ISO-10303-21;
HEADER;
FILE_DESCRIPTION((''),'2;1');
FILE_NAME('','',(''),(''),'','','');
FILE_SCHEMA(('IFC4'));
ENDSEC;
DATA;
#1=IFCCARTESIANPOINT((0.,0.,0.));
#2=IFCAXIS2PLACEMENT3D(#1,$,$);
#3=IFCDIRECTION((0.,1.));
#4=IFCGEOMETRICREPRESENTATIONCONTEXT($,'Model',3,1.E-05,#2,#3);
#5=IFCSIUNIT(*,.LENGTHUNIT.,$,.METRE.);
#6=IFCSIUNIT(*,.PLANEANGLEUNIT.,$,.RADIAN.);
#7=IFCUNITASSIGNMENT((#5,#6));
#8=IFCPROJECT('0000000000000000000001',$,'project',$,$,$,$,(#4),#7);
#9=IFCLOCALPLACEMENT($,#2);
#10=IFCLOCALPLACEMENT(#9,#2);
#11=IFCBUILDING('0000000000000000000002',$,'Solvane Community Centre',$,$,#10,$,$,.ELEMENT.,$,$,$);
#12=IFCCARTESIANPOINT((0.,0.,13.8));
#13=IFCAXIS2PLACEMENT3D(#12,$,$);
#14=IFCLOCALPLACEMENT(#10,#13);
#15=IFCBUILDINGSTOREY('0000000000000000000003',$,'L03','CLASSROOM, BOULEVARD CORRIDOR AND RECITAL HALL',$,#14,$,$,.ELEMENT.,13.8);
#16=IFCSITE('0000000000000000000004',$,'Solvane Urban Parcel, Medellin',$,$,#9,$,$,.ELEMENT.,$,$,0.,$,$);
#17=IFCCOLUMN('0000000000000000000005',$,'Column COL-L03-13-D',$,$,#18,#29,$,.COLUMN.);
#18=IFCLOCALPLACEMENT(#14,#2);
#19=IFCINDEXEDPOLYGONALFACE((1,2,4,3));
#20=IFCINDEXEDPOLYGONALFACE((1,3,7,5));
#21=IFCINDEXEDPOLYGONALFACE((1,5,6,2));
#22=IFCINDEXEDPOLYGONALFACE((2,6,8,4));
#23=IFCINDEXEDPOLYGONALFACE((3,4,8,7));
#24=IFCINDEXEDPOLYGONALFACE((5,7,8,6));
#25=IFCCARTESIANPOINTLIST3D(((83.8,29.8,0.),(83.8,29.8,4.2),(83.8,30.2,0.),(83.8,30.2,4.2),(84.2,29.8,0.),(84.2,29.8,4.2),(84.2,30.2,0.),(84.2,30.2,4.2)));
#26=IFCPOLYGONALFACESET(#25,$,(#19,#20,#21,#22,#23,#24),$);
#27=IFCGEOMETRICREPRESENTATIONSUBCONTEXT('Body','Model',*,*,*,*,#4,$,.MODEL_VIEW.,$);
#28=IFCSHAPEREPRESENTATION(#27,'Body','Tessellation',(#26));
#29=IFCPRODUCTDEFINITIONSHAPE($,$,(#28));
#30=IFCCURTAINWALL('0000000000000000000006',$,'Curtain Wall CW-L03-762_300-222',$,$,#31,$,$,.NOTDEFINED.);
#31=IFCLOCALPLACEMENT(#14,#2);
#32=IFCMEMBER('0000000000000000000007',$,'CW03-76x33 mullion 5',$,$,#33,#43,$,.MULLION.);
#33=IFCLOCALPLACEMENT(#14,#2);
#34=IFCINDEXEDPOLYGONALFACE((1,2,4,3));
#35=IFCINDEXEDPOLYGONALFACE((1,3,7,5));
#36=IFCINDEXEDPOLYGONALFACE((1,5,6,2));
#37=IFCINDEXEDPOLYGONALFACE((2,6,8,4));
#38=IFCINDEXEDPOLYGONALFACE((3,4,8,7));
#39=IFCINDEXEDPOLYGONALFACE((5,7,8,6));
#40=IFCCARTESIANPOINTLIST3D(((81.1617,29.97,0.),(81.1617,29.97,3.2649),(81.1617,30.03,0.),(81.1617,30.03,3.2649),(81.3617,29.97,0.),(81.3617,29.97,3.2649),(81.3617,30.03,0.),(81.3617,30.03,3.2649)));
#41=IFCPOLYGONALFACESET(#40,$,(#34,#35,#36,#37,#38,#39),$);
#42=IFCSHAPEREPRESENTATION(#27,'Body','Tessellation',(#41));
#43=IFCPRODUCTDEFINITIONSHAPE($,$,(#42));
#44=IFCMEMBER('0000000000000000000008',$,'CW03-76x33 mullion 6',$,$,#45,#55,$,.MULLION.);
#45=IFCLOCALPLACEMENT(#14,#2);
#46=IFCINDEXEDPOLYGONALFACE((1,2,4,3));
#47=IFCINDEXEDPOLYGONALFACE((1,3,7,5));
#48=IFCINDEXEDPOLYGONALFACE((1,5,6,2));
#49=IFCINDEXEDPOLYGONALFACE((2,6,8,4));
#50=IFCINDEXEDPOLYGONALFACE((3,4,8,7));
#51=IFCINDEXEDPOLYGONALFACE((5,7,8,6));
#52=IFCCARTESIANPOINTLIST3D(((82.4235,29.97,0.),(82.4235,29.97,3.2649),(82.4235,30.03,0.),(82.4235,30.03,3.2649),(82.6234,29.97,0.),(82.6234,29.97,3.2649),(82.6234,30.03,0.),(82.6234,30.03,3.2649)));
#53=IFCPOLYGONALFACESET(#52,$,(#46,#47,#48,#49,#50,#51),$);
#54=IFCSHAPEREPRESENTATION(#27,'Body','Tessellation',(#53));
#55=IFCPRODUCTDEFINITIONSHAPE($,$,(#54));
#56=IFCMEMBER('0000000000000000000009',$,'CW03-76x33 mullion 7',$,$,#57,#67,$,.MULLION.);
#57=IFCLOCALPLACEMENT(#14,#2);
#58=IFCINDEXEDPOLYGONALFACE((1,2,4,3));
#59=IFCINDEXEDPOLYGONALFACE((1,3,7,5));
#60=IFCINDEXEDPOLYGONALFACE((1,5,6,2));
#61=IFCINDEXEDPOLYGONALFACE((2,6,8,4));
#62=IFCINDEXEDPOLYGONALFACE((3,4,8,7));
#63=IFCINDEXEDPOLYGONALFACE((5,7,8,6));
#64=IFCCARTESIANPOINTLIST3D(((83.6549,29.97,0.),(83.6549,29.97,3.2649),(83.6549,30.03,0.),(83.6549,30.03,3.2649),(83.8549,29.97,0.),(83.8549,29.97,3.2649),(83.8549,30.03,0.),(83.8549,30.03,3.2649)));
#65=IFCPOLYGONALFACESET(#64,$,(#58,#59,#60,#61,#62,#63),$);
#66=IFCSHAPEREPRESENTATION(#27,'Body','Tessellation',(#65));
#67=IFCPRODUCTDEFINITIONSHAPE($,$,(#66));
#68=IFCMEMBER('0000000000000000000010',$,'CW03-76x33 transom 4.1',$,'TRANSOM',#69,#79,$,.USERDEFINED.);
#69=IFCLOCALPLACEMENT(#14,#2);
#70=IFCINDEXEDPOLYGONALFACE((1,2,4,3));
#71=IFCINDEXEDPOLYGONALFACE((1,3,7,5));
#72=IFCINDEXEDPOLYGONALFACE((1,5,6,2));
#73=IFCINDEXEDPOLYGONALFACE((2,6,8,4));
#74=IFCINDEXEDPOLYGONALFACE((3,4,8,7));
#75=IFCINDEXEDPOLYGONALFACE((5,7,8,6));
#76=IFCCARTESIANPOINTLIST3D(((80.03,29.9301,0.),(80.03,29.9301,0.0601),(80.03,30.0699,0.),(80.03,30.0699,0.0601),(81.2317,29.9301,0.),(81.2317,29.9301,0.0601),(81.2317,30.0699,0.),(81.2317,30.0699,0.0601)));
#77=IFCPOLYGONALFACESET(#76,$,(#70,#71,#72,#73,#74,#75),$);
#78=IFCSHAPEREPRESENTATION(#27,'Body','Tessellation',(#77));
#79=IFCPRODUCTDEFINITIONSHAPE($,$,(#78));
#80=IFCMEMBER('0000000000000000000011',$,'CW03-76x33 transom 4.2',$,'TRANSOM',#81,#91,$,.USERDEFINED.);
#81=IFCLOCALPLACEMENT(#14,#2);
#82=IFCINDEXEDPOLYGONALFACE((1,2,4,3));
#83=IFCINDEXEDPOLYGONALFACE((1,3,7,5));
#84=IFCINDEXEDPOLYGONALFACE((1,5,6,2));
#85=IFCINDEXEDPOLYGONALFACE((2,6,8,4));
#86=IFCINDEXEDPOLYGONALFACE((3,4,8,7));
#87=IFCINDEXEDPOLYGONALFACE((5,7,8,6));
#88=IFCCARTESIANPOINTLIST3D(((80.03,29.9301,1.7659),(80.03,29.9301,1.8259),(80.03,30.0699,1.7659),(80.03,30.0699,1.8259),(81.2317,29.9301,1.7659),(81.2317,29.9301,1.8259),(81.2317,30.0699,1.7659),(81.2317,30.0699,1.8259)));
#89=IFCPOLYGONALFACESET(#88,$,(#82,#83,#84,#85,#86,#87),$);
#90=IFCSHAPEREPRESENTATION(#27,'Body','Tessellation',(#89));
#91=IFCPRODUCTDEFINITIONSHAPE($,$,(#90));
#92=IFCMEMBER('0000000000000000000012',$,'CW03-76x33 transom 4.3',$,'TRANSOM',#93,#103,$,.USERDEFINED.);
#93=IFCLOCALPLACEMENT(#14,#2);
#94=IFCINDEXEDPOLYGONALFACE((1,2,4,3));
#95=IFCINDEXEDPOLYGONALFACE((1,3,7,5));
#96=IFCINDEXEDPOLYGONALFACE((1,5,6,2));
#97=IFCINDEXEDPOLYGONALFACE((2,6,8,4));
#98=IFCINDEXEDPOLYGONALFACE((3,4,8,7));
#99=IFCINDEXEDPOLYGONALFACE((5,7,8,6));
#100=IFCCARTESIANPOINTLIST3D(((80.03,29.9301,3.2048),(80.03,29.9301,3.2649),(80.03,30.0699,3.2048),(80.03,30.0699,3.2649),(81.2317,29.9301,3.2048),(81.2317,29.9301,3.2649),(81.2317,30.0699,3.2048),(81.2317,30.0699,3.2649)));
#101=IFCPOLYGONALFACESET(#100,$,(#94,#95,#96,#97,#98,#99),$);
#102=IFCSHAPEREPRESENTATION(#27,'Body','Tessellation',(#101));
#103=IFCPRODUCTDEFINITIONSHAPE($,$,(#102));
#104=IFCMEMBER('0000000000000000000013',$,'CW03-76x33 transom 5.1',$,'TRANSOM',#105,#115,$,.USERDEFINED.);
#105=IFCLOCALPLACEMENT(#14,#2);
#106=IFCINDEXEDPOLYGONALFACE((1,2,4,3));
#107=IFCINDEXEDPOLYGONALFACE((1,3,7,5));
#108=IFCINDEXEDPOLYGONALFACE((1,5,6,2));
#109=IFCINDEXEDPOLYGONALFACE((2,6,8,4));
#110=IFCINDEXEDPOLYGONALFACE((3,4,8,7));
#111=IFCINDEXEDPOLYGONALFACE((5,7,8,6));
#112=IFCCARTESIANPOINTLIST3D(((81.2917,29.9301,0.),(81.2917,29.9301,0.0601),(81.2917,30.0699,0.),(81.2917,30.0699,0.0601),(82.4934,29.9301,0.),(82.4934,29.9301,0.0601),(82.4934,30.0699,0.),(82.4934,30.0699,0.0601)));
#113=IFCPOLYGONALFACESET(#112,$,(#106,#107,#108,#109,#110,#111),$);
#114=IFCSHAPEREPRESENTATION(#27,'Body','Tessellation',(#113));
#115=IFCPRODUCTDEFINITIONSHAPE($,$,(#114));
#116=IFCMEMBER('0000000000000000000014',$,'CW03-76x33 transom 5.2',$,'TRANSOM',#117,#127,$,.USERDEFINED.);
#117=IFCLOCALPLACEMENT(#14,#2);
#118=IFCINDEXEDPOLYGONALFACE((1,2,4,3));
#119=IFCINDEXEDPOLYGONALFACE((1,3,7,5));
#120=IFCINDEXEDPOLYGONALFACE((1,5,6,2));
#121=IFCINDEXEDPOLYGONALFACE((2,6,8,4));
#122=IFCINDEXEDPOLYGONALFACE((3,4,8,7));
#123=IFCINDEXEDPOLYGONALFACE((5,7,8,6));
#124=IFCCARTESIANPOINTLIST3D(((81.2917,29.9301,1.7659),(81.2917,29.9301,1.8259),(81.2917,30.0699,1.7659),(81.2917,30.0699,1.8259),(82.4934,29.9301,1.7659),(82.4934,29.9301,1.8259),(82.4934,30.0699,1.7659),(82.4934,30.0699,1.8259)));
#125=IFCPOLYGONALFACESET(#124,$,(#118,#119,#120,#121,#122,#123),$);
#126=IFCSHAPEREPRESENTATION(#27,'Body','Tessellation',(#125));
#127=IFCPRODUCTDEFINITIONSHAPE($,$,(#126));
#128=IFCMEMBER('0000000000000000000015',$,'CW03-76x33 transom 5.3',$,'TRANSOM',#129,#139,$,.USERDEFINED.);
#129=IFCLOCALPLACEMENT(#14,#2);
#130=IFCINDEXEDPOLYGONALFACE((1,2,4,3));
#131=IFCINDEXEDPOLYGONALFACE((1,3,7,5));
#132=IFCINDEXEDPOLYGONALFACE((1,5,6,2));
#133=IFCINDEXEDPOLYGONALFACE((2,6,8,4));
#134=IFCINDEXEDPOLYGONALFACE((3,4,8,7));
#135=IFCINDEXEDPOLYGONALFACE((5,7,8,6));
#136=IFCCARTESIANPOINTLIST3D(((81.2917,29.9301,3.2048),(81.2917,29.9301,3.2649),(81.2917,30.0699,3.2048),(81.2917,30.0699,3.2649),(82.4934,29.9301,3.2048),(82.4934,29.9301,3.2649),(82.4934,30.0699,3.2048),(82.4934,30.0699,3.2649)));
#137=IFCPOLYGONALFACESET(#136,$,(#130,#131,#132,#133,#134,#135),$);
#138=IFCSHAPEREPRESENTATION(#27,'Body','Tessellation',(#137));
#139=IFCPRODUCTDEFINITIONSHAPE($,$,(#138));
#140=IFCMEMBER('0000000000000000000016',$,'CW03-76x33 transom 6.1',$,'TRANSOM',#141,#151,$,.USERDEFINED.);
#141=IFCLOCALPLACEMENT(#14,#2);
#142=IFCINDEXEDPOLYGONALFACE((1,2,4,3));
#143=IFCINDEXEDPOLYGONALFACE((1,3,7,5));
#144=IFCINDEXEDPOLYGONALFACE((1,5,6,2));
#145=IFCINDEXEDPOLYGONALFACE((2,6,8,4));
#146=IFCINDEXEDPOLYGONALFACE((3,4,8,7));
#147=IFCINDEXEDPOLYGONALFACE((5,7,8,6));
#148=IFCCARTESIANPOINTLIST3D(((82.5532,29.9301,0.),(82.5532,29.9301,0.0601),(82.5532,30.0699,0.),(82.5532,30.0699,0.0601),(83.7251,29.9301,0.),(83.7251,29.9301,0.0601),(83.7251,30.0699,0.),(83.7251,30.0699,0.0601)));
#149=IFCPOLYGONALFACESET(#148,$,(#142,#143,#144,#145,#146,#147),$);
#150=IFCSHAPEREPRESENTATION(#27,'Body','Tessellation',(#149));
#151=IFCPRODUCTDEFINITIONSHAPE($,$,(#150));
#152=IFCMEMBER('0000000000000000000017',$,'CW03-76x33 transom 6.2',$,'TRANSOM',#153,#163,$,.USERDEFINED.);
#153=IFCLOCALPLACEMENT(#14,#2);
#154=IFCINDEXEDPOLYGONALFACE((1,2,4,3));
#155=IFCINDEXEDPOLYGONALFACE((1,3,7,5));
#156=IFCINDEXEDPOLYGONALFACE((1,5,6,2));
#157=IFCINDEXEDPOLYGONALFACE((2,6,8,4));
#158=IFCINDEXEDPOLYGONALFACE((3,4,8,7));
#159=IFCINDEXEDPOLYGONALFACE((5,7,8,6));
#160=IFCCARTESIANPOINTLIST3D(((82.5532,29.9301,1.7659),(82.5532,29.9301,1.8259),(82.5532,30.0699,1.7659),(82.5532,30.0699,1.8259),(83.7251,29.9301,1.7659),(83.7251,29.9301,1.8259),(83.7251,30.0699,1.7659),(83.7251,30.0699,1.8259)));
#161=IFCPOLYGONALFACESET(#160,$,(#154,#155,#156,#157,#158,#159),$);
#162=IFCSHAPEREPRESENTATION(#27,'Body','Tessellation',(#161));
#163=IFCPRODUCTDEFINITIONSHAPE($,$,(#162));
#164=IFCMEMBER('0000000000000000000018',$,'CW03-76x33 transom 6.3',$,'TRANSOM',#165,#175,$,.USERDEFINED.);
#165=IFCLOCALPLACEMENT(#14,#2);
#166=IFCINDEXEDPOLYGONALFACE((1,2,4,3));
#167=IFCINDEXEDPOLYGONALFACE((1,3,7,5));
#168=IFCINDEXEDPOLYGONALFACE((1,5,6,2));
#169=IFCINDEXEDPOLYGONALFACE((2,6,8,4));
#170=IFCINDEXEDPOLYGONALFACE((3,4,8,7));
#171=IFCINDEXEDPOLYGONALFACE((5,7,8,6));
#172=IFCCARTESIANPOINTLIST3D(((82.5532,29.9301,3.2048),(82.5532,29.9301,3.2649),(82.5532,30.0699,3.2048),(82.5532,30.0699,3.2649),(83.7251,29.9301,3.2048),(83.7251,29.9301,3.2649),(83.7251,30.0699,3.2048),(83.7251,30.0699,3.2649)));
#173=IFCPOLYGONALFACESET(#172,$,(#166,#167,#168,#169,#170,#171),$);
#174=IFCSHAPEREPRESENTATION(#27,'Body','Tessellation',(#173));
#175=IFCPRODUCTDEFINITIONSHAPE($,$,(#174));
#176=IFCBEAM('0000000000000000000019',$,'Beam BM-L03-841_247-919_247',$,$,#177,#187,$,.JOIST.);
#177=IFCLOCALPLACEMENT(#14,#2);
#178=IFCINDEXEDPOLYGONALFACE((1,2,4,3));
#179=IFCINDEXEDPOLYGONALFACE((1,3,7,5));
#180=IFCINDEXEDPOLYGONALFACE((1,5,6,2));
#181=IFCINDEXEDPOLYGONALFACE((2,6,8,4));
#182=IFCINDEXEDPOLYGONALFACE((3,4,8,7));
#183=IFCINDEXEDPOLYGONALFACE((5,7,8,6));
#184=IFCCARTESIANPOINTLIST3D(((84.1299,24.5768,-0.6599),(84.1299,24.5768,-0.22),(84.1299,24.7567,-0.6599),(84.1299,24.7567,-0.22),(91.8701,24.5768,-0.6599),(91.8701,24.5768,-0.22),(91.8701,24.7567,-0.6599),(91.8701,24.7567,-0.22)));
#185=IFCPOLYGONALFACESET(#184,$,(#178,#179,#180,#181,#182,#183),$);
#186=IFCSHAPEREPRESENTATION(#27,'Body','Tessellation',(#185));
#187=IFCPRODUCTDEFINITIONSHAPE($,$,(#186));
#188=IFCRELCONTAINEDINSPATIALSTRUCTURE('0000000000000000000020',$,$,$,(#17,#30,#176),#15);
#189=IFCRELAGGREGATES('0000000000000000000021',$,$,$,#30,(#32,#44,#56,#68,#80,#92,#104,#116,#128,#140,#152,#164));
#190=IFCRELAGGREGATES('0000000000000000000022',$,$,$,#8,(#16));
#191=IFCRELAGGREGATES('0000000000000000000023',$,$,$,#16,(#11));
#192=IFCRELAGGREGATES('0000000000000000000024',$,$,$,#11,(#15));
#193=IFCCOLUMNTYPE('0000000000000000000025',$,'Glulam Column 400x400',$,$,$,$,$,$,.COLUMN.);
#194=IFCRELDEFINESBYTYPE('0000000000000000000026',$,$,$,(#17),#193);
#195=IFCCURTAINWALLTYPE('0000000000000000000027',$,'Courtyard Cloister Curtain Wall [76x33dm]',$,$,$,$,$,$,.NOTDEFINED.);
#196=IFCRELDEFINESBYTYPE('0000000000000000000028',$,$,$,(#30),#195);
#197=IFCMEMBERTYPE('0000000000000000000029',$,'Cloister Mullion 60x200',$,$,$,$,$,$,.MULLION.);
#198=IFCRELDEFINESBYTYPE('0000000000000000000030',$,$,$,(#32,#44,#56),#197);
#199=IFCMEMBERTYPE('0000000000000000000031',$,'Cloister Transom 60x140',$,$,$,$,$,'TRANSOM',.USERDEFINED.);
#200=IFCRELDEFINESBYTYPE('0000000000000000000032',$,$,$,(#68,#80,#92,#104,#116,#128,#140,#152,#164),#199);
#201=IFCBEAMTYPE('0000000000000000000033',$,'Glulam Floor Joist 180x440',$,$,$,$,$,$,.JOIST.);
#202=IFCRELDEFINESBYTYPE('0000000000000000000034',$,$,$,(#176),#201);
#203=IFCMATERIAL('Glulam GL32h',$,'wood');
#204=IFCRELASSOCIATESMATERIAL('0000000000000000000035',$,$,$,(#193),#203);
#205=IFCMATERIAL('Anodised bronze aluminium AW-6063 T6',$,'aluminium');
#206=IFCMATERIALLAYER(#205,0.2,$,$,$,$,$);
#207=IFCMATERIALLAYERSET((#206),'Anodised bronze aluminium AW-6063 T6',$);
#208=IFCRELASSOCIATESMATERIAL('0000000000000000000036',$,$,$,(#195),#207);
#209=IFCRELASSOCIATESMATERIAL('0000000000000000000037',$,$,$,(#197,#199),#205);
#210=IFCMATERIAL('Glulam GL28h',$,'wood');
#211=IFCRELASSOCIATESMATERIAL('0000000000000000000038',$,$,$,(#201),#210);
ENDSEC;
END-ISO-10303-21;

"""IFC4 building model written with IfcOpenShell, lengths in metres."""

from ifc_helpers import new_model, si_unit, direction, frame, origin, origin_2d, place, context, subcontext, project, spatial, rectangle, extrude, material, layer, layer_set, material_profile, profile_set, type_object, element, aggregate, save


model = new_model("IFC4")

# Units and contexts
model_context = context("Model", 3, precision=1e-05, world=origin(), true_north=direction((0.0, 1.0)))
body_context = subcontext(model_context, "Body", "Model", "MODEL_VIEW")
ifc_project = project(units=[si_unit("LENGTHUNIT", "METRE"), si_unit("PLANEANGLEUNIT", "RADIAN")], contexts=[model_context])

# Site, building, storey
site_placement = place(None, origin())
site = spatial("IfcSite", under=ifc_project, at=site_placement, Name="Solvane Urban Parcel, Medellin", CompositionType="ELEMENT", RefElevation=0.0)
building_placement = place(site_placement, origin())
building = spatial("IfcBuilding", under=site, at=building_placement, Name="Solvane Community Centre", CompositionType="ELEMENT")
storey_placement = place(building_placement, frame((0.0, 0.0, 13.8)))
storey = spatial("IfcBuildingStorey", under=building, at=storey_placement, Name="L03", Description="CLASSROOM, BOULEVARD CORRIDOR AND RECITAL HALL", CompositionType="ELEMENT", Elevation=13.8)

# Column
ifc_material_1 = material(Name="Glulam GL32h", Category="wood")
ifc_material_profile_1 = material_profile(ifc_material_1, rectangle(XDim=0.3999, YDim=0.3999, at=origin_2d()), Name="GL32h 400x400")
ifc_profile_set_1 = profile_set([ifc_material_profile_1], Name="Glulam GL32h")
column_type = type_object("IfcColumnType", Name="Glulam Column 400x400", PredefinedType="COLUMN", material=ifc_profile_set_1)
column_placement = place(storey_placement, frame((84.0, 30.0, 0.0), z_axis=(0.0, 0.0, 1.0), x_axis=(1.0, 0.0, 0.0)))
element("IfcColumn", 1, at=column_placement, inside=storey, type_object=column_type, Name="Column COL-L03-13-D", PredefinedType="COLUMN", context=body_context, shape_type="SweptSolid", body=[
    extrude(rectangle(XDim=0.3999, YDim=0.3999, at=origin_2d()), origin(), (0.0, 0.0, 1.0), 4.2),
])

# Curtain wall, members
ifc_material_2 = material(Name="Anodised bronze aluminium AW-6063 T6", Category="aluminium")
ifc_layer_1 = layer(ifc_material_2, 0.2)
ifc_layer_set_1 = layer_set([ifc_layer_1], Name="Anodised bronze aluminium AW-6063 T6")
curtain_wall_type = type_object("IfcCurtainWallType", Name="Courtyard Cloister Curtain Wall [76x33dm]", PredefinedType="NOTDEFINED", material=ifc_layer_set_1)
curtain_wall_placement = place(storey_placement, origin())
curtain_wall = element("IfcCurtainWall", 2, at=curtain_wall_placement, inside=storey, type_object=curtain_wall_type, Name="Curtain Wall CW-L03-762_300-222", PredefinedType="NOTDEFINED")
ifc_material_profile_2 = material_profile(ifc_material_2, rectangle(XDim=0.0601, YDim=0.2, at=origin_2d()), Name="CW-M 60x200")
ifc_profile_set_2 = profile_set([ifc_material_profile_2], Name="Anodised bronze aluminium AW-6063 T6")
member_type_1 = type_object("IfcMemberType", Name="Cloister Mullion 60x200", PredefinedType="MULLION", material=ifc_profile_set_2)
member_1_placement = place(storey_placement, frame((81.2617, 30.0, 0.0), z_axis=(0.0, 0.0, 1.0), x_axis=(0.0, 1.0, 0.0)))
member_1 = element("IfcMember", 3, at=member_1_placement, type_object=member_type_1, Name="CW03-76x33 mullion 5", PredefinedType="MULLION", context=body_context, shape_type="SweptSolid", body=[
    extrude(rectangle(XDim=0.0601, YDim=0.2, at=origin_2d()), origin(), (0.0, 0.0, 1.0), 3.2649),
])
member_2_placement = place(storey_placement, frame((82.5234, 30.0, 0.0), z_axis=(0.0, 0.0, 1.0), x_axis=(0.0, 1.0, 0.0)))
member_2 = element("IfcMember", 4, at=member_2_placement, type_object=member_type_1, Name="CW03-76x33 mullion 6", PredefinedType="MULLION", context=body_context, shape_type="SweptSolid", body=[
    extrude(rectangle(XDim=0.0601, YDim=0.2, at=origin_2d()), origin(), (0.0, 0.0, 1.0), 3.2649),
])
member_3_placement = place(storey_placement, frame((83.7549, 30.0, 0.0), z_axis=(0.0, 0.0, 1.0), x_axis=(0.0, 1.0, 0.0)))
member_3 = element("IfcMember", 5, at=member_3_placement, type_object=member_type_1, Name="CW03-76x33 mullion 7", PredefinedType="MULLION", context=body_context, shape_type="SweptSolid", body=[
    extrude(rectangle(XDim=0.0601, YDim=0.2, at=origin_2d()), origin(), (0.0, 0.0, 1.0), 3.2649),
])
ifc_material_profile_3 = material_profile(ifc_material_2, rectangle(XDim=0.1399, YDim=0.0601, at=origin_2d()), Name="CW-T 60x140")
ifc_profile_set_3 = profile_set([ifc_material_profile_3], Name="Anodised bronze aluminium AW-6063 T6")
member_type_2 = type_object("IfcMemberType", Name="Cloister Transom 60x140", ElementType="TRANSOM", PredefinedType="USERDEFINED", material=ifc_profile_set_3)
member_4_placement = place(storey_placement, frame((80.03, 30.0, 0.03), z_axis=(1.0, 0.0, 0.0), x_axis=(0.0, 1.0, 0.0)))
member_4 = element("IfcMember", 6, at=member_4_placement, type_object=member_type_2, Name="CW03-76x33 transom 4.1", ObjectType="TRANSOM", PredefinedType="USERDEFINED", context=body_context, shape_type="SweptSolid", body=[
    extrude(rectangle(XDim=0.1399, YDim=0.0601, at=origin_2d()), origin(), (0.0, 0.0, 1.0), 1.2017),
])
member_5_placement = place(storey_placement, frame((80.03, 30.0, 1.7959), z_axis=(1.0, 0.0, 0.0), x_axis=(0.0, 1.0, 0.0)))
member_5 = element("IfcMember", 7, at=member_5_placement, type_object=member_type_2, Name="CW03-76x33 transom 4.2", ObjectType="TRANSOM", PredefinedType="USERDEFINED", context=body_context, shape_type="SweptSolid", body=[
    extrude(rectangle(XDim=0.1399, YDim=0.0601, at=origin_2d()), origin(), (0.0, 0.0, 1.0), 1.2017),
])
member_6_placement = place(storey_placement, frame((80.03, 30.0, 3.2349), z_axis=(1.0, 0.0, 0.0), x_axis=(0.0, 1.0, 0.0)))
member_6 = element("IfcMember", 8, at=member_6_placement, type_object=member_type_2, Name="CW03-76x33 transom 4.3", ObjectType="TRANSOM", PredefinedType="USERDEFINED", context=body_context, shape_type="SweptSolid", body=[
    extrude(rectangle(XDim=0.1399, YDim=0.0601, at=origin_2d()), origin(), (0.0, 0.0, 1.0), 1.2017),
])
member_7_placement = place(storey_placement, frame((81.2917, 30.0, 0.03), z_axis=(1.0, 0.0, 0.0), x_axis=(0.0, 1.0, 0.0)))
member_7 = element("IfcMember", 9, at=member_7_placement, type_object=member_type_2, Name="CW03-76x33 transom 5.1", ObjectType="TRANSOM", PredefinedType="USERDEFINED", context=body_context, shape_type="SweptSolid", body=[
    extrude(rectangle(XDim=0.1399, YDim=0.0601, at=origin_2d()), origin(), (0.0, 0.0, 1.0), 1.2017),
])
member_8_placement = place(storey_placement, frame((81.2917, 30.0, 1.7959), z_axis=(1.0, 0.0, 0.0), x_axis=(0.0, 1.0, 0.0)))
member_8 = element("IfcMember", 10, at=member_8_placement, type_object=member_type_2, Name="CW03-76x33 transom 5.2", ObjectType="TRANSOM", PredefinedType="USERDEFINED", context=body_context, shape_type="SweptSolid", body=[
    extrude(rectangle(XDim=0.1399, YDim=0.0601, at=origin_2d()), origin(), (0.0, 0.0, 1.0), 1.2017),
])
member_9_placement = place(storey_placement, frame((81.2917, 30.0, 3.2349), z_axis=(1.0, 0.0, 0.0), x_axis=(0.0, 1.0, 0.0)))
member_9 = element("IfcMember", 11, at=member_9_placement, type_object=member_type_2, Name="CW03-76x33 transom 5.3", ObjectType="TRANSOM", PredefinedType="USERDEFINED", context=body_context, shape_type="SweptSolid", body=[
    extrude(rectangle(XDim=0.1399, YDim=0.0601, at=origin_2d()), origin(), (0.0, 0.0, 1.0), 1.2017),
])
member_10_placement = place(storey_placement, frame((82.5532, 30.0, 0.03), z_axis=(1.0, 0.0, 0.0), x_axis=(0.0, 1.0, 0.0)))
member_10 = element("IfcMember", 12, at=member_10_placement, type_object=member_type_2, Name="CW03-76x33 transom 6.1", ObjectType="TRANSOM", PredefinedType="USERDEFINED", context=body_context, shape_type="SweptSolid", body=[
    extrude(rectangle(XDim=0.1399, YDim=0.0601, at=origin_2d()), origin(), (0.0, 0.0, 1.0), 1.1719),
])
member_11_placement = place(storey_placement, frame((82.5532, 30.0, 1.7959), z_axis=(1.0, 0.0, 0.0), x_axis=(0.0, 1.0, 0.0)))
member_11 = element("IfcMember", 13, at=member_11_placement, type_object=member_type_2, Name="CW03-76x33 transom 6.2", ObjectType="TRANSOM", PredefinedType="USERDEFINED", context=body_context, shape_type="SweptSolid", body=[
    extrude(rectangle(XDim=0.1399, YDim=0.0601, at=origin_2d()), origin(), (0.0, 0.0, 1.0), 1.1719),
])
member_12_placement = place(storey_placement, frame((82.5532, 30.0, 3.2349), z_axis=(1.0, 0.0, 0.0), x_axis=(0.0, 1.0, 0.0)))
member_12 = element("IfcMember", 14, at=member_12_placement, type_object=member_type_2, Name="CW03-76x33 transom 6.3", ObjectType="TRANSOM", PredefinedType="USERDEFINED", context=body_context, shape_type="SweptSolid", body=[
    extrude(rectangle(XDim=0.1399, YDim=0.0601, at=origin_2d()), origin(), (0.0, 0.0, 1.0), 1.1719),
])

# Beam
ifc_material_3 = material(Name="Glulam GL28h", Category="wood")
ifc_material_profile_4 = material_profile(ifc_material_3, rectangle(XDim=0.1799, YDim=0.4399, at=origin_2d()), Name="GL28h 180x440")
ifc_profile_set_4 = profile_set([ifc_material_profile_4], Name="Glulam GL28h")
beam_type_1 = type_object("IfcBeamType", Name="Glulam Floor Joist 180x440", PredefinedType="JOIST", material=ifc_profile_set_4)
for number, where, z_axis, x_axis, name in (
    (15, (84.1299, 24.6667, -0.4399), (1.0, 0.0, 0.0), (0.0, 1.0, 0.0), "Beam BM-L03-841_247-919_247"),
):
    element("IfcBeam", number, at=place(storey_placement, frame(where, z_axis=z_axis, x_axis=x_axis)), inside=storey, type_object=beam_type_1, Name=name, PredefinedType="JOIST", context=body_context, shape_type="SweptSolid", body=[
        extrude(rectangle(XDim=0.1799, YDim=0.4399, at=origin_2d()), origin(), (0.0, 0.0, 1.0), 7.7402),
    ])

aggregate(curtain_wall, [member_1, member_2, member_3, member_4, member_5, member_6, member_7, member_8, member_9, member_10, member_11, member_12])

save(model, "model.ifc")
